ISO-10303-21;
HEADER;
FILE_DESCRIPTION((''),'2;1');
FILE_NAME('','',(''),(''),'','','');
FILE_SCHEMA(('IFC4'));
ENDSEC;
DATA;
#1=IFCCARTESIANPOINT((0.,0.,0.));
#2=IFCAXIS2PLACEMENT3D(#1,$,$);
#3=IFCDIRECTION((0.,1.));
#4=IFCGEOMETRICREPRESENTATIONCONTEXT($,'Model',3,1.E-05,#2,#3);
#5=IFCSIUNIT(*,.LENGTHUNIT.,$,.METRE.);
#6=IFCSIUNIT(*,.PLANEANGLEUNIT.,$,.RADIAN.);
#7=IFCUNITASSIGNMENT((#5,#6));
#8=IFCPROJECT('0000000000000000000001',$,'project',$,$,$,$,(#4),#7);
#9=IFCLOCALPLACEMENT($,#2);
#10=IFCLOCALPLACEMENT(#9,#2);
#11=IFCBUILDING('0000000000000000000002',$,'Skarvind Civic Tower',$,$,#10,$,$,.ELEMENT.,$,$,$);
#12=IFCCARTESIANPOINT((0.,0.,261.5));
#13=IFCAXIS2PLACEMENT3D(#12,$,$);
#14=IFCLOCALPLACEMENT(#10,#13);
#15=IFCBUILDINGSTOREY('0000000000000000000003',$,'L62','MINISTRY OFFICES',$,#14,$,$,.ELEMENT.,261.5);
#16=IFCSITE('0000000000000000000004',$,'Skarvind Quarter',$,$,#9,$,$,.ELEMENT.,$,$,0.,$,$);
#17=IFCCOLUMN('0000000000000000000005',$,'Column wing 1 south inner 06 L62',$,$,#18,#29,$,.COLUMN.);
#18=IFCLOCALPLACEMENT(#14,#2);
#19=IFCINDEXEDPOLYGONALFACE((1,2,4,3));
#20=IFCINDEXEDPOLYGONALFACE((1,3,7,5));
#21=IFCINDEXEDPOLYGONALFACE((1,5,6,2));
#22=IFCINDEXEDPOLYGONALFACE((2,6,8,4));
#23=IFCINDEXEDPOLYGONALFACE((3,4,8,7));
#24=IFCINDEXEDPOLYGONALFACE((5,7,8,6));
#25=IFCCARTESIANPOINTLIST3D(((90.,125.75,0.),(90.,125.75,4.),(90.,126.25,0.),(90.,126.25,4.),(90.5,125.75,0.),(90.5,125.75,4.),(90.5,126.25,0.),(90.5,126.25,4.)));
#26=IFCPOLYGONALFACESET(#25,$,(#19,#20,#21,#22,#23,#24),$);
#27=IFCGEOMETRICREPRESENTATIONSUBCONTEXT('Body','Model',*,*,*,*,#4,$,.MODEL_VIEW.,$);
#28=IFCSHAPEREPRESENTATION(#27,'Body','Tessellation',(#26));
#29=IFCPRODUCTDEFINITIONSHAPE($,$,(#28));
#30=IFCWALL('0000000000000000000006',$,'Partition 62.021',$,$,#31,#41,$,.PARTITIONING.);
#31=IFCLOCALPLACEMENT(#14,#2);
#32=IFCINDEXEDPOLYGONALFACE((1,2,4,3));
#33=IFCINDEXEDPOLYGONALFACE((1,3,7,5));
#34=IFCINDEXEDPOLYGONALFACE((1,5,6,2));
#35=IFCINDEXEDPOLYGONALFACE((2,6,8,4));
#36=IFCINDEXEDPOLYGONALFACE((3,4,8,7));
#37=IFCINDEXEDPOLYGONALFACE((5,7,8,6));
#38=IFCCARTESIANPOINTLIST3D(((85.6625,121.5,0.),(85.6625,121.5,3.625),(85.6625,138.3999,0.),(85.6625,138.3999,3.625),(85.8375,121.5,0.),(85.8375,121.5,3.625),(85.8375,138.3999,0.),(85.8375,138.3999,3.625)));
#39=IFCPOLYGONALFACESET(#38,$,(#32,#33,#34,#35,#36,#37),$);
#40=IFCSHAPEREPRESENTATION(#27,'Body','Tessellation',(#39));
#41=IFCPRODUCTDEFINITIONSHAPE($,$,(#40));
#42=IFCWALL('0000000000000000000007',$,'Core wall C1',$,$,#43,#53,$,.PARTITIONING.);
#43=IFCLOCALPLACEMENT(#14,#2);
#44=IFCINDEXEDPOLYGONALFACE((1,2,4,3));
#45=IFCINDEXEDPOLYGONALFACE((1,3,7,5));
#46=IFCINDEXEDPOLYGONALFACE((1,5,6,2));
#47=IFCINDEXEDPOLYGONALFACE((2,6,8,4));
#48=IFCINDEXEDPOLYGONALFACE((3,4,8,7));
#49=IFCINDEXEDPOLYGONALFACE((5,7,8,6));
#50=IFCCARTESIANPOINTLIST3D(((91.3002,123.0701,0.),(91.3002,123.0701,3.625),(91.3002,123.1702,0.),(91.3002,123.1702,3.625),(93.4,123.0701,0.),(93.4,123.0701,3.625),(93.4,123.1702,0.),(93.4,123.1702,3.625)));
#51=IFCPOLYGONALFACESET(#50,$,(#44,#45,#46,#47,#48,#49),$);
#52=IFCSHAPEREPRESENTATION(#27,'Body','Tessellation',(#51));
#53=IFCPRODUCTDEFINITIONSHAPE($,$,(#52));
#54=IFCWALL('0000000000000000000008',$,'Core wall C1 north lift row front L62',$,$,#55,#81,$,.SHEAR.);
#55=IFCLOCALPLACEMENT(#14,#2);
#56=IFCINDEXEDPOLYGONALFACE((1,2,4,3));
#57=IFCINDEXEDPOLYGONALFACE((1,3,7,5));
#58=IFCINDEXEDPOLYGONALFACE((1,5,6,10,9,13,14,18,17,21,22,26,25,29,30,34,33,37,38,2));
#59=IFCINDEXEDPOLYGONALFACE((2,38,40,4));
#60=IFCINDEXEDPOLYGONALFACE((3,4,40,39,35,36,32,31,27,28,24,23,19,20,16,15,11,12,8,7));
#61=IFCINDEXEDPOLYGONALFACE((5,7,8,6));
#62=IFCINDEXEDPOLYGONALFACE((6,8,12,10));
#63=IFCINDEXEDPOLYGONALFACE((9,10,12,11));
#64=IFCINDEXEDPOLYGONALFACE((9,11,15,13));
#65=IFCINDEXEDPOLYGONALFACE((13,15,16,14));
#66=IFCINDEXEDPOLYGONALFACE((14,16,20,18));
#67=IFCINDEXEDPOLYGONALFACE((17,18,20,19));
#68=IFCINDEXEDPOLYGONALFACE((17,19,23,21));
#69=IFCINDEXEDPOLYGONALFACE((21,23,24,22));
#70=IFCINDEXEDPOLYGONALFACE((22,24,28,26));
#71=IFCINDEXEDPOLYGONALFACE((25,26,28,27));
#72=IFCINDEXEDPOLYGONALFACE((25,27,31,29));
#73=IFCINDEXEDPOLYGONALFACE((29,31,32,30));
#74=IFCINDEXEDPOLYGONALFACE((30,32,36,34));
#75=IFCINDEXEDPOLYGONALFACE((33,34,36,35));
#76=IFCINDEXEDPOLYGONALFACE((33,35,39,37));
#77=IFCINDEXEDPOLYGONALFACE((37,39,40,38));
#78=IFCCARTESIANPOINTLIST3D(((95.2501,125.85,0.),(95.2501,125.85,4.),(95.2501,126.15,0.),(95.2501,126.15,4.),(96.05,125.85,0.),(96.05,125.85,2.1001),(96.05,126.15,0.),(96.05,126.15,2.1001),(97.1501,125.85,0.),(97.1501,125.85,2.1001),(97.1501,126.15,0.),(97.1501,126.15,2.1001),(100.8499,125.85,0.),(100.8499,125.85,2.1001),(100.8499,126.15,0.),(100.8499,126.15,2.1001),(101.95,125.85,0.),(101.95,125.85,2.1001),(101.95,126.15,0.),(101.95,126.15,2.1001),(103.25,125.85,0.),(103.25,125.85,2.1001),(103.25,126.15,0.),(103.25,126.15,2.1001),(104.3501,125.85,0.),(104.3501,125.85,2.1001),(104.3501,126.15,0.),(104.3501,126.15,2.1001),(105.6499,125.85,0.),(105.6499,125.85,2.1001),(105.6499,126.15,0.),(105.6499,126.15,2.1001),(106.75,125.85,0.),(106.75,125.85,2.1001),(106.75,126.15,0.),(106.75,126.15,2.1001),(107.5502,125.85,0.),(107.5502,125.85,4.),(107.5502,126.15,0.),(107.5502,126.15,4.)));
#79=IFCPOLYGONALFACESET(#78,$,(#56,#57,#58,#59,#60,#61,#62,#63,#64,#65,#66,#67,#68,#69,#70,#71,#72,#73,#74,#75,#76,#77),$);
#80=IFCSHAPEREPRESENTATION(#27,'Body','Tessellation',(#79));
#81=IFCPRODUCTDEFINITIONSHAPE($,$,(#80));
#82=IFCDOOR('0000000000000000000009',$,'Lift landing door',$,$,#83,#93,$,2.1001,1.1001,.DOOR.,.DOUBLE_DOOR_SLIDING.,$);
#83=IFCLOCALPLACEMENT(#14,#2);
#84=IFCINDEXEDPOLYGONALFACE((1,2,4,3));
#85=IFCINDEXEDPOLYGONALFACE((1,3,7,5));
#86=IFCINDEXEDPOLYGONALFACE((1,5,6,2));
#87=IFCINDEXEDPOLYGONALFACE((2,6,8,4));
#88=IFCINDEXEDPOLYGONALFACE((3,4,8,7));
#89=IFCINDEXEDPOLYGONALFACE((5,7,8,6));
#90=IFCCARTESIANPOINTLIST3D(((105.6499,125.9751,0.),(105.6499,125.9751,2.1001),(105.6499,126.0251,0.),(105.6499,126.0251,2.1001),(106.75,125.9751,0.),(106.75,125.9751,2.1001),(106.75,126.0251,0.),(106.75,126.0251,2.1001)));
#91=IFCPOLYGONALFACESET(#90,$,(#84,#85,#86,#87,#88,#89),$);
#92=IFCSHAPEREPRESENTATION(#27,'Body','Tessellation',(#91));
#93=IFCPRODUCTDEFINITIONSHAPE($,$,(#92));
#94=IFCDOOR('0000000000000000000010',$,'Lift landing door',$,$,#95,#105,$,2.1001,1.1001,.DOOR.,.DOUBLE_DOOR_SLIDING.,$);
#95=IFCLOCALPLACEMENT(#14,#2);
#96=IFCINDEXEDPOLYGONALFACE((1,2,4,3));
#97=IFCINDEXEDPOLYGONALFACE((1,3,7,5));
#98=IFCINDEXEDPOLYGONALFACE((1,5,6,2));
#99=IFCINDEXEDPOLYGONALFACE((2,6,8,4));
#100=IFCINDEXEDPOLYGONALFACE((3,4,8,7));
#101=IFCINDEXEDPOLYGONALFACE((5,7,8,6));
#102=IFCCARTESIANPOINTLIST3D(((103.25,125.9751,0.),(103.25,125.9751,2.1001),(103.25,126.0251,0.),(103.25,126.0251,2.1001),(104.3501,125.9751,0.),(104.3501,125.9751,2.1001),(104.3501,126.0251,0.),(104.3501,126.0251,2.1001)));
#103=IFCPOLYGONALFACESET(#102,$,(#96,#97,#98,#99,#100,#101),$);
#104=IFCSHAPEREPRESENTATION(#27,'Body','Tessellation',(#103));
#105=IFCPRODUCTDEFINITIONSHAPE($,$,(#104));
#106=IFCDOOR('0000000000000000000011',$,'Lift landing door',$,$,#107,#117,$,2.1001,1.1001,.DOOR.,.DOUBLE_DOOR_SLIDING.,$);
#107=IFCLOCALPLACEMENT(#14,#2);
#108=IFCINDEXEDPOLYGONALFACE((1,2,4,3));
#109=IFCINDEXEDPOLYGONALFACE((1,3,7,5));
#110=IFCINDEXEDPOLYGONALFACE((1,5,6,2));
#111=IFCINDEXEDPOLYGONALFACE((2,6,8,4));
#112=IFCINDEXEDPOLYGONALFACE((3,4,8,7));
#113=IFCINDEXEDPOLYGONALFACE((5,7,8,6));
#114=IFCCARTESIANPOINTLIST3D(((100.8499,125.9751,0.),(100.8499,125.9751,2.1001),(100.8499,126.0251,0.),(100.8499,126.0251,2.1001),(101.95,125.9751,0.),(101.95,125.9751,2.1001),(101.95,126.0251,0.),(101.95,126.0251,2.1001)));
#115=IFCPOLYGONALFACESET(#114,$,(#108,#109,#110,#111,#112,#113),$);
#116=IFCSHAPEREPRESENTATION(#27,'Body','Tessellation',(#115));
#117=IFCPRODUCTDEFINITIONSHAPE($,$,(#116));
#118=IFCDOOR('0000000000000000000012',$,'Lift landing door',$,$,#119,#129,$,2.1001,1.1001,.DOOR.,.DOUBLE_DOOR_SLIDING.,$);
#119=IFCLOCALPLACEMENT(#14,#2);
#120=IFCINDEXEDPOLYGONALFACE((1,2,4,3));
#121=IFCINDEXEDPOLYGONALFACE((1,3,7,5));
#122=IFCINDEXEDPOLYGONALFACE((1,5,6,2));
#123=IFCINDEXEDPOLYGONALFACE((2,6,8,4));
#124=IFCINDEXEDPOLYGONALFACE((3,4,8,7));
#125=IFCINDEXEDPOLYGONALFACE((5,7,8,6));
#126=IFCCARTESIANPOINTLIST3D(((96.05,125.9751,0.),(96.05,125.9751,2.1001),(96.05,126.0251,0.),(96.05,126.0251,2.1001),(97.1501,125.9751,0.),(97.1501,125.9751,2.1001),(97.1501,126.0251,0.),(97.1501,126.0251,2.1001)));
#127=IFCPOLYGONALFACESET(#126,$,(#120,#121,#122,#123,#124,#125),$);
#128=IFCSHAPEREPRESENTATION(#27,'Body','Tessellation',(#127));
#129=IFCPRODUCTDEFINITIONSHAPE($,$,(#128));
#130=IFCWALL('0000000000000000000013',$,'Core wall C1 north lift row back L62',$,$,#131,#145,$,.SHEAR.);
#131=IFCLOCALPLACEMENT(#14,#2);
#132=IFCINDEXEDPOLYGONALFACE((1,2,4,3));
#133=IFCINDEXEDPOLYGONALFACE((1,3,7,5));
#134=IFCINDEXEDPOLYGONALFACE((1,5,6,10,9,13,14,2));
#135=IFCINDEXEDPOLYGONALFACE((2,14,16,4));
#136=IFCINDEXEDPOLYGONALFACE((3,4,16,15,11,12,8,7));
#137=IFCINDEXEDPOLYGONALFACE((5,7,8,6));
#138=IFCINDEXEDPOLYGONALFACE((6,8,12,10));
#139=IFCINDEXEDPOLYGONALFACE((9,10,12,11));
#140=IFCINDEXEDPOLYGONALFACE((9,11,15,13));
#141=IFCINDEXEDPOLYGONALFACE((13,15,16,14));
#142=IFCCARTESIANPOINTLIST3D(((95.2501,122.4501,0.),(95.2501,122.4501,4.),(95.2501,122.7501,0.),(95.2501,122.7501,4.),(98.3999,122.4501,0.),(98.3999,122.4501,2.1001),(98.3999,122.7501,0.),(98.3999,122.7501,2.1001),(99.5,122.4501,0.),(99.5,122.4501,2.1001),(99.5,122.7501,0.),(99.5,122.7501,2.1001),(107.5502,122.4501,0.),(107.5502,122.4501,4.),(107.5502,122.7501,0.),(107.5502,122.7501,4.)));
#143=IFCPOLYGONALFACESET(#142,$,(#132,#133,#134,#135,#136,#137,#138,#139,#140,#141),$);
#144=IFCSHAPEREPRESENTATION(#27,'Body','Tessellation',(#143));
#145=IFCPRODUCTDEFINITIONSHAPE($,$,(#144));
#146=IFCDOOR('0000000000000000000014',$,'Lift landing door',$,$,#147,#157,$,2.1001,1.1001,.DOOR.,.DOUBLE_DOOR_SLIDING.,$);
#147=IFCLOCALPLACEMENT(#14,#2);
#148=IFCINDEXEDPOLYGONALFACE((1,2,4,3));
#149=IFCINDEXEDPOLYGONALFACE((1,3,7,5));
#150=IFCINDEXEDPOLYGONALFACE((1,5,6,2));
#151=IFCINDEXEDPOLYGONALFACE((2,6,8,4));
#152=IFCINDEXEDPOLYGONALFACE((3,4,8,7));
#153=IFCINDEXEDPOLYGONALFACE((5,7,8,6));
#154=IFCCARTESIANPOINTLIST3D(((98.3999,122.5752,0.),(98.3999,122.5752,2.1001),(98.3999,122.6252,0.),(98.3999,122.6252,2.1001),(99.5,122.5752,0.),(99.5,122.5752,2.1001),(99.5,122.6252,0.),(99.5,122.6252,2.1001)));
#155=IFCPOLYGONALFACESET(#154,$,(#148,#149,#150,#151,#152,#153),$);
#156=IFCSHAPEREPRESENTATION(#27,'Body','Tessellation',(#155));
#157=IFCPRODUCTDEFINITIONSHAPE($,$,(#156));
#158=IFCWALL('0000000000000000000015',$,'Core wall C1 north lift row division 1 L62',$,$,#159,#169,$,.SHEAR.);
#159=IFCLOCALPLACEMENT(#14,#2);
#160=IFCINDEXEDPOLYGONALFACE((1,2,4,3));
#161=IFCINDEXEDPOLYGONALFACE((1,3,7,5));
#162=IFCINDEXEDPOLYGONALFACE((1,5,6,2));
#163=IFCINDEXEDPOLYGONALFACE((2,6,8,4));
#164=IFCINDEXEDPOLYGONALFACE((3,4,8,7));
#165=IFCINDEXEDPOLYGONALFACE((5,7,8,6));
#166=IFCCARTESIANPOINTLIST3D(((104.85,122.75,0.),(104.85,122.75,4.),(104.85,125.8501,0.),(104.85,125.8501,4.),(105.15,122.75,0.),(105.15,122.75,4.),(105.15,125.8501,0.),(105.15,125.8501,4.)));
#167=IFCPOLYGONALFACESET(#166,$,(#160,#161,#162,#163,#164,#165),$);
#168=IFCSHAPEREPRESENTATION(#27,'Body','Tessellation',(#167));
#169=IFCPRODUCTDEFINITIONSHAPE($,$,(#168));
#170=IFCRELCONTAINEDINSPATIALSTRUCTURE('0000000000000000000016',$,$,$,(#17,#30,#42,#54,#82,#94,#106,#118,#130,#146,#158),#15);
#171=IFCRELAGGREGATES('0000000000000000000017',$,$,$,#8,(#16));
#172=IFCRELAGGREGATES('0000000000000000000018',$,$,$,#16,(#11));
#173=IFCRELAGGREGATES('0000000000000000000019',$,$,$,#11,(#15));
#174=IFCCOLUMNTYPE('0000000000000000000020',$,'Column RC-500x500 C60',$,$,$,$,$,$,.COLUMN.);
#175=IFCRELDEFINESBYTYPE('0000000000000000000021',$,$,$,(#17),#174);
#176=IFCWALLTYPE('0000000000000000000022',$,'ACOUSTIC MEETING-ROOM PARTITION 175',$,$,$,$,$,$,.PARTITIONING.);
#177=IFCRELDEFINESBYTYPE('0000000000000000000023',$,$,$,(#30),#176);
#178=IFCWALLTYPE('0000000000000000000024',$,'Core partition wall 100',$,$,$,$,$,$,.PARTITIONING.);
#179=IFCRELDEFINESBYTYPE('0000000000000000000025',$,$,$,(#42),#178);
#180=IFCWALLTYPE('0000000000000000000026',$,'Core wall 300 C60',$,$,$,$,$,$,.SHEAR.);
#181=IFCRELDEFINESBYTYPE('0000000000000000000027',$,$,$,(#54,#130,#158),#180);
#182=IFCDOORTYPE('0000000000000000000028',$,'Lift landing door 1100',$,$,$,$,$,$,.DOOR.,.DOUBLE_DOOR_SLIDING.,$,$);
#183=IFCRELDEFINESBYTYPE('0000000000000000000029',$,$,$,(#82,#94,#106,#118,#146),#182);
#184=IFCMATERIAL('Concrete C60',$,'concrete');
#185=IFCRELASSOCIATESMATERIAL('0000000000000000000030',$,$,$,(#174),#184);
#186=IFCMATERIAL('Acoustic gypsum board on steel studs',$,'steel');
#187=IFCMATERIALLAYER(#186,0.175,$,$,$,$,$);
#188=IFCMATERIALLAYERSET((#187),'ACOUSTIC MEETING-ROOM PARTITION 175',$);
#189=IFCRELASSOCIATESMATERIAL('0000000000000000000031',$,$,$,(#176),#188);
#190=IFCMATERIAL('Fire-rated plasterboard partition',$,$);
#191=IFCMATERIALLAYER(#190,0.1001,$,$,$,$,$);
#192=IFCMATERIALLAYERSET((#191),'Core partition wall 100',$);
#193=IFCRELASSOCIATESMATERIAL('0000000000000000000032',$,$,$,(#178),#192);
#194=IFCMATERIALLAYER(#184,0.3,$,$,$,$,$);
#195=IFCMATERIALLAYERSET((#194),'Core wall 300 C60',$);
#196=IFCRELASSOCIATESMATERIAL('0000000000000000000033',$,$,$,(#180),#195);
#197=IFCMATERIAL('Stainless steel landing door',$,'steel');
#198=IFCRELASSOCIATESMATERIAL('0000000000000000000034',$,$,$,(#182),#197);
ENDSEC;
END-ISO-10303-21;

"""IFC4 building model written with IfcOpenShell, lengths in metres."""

from ifc_helpers import new_model, si_unit, direction, frame, frame_2d, origin, origin_2d, place, context, subcontext, project, spatial, rectangle, extrude, material, layer, layer_set, material_profile, profile_set, type_object, element, fill, save


model = new_model("IFC4")

# Units and contexts
model_context = context("Model", 3, precision=1e-05, world=origin(), true_north=direction((0.0, 1.0)))
body_context = subcontext(model_context, "Body", "Model", "MODEL_VIEW")
ifc_project = project(units=[si_unit("LENGTHUNIT", "METRE"), si_unit("PLANEANGLEUNIT", "RADIAN")], contexts=[model_context])

# Site, building, storey
site_placement = place(None, origin())
site = spatial("IfcSite", under=ifc_project, at=site_placement, Name="Skarvind Quarter", CompositionType="ELEMENT", RefElevation=0.0)
building_placement = place(site_placement, origin())
building = spatial("IfcBuilding", under=site, at=building_placement, Name="Skarvind Civic Tower", CompositionType="ELEMENT")
storey_placement = place(building_placement, frame((0.0, 0.0, 261.5)))
storey = spatial("IfcBuildingStorey", under=building, at=storey_placement, Name="L62", Description="MINISTRY OFFICES", CompositionType="ELEMENT", Elevation=261.5)

# Column
ifc_material_1 = material(Name="Concrete C60", Category="concrete")
ifc_material_profile = material_profile(ifc_material_1, rectangle(XDim=0.5, YDim=0.5, at=origin_2d()), Name="RC-500x500")
ifc_profile_set = profile_set([ifc_material_profile], Name="Concrete C60")
column_type = type_object("IfcColumnType", Name="Column RC-500x500 C60", PredefinedType="COLUMN", material=ifc_profile_set)
column_placement = place(storey_placement, frame((90.25, 126.0, 0.0), z_axis=(0.0, 0.0, 1.0), x_axis=(1.0, 0.0, 0.0)))
element("IfcColumn", 1, at=column_placement, inside=storey, type_object=column_type, Name="Column wing 1 south inner 06 L62", PredefinedType="COLUMN", context=body_context, shape_type="SweptSolid", body=[
    extrude(rectangle(XDim=0.5, YDim=0.5, at=origin_2d()), origin(), (0.0, 0.0, 1.0), 4.0),
])

# Walls
ifc_material_2 = material(Name="Acoustic gypsum board on steel studs", Category="steel")
ifc_layer_1 = layer(ifc_material_2, 0.175)
ifc_layer_set_1 = layer_set([ifc_layer_1], Name="ACOUSTIC MEETING-ROOM PARTITION 175")
wall_type_1 = type_object("IfcWallType", Name="ACOUSTIC MEETING-ROOM PARTITION 175", PredefinedType="PARTITIONING", material=ifc_layer_set_1)
wall_1_placement = place(storey_placement, frame((85.75, 121.5, 0.0), z_axis=(0.0, 0.0, 1.0), x_axis=(0.0, 1.0, 0.0)))
element("IfcWall", 2, at=wall_1_placement, inside=storey, type_object=wall_type_1, Name="Partition 62.021", PredefinedType="PARTITIONING", context=body_context, shape_type="SweptSolid", body=[
    extrude(rectangle(XDim=16.8999, YDim=0.175, at=frame_2d((8.45, 0.0))), origin(), (0.0, 0.0, 1.0), 3.625),
])
ifc_material_3 = material(Name="Fire-rated plasterboard partition")
ifc_layer_2 = layer(ifc_material_3, 0.1001)
ifc_layer_set_2 = layer_set([ifc_layer_2], Name="Core partition wall 100")
wall_type_2 = type_object("IfcWallType", Name="Core partition wall 100", PredefinedType="PARTITIONING", material=ifc_layer_set_2)
wall_2_placement = place(storey_placement, frame((93.3999, 123.1201, 0.0), z_axis=(0.0, 0.0, 1.0), x_axis=(-1.0, 0.0, 0.0)))
element("IfcWall", 3, at=wall_2_placement, inside=storey, type_object=wall_type_2, Name="Core wall C1", PredefinedType="PARTITIONING", context=body_context, shape_type="SweptSolid", body=[
    extrude(rectangle(XDim=2.0999, YDim=0.1001, at=frame_2d((1.0498, 0.0))), origin(), (0.0, 0.0, 1.0), 3.625),
])

# Wall, openings, doors
ifc_layer_3 = layer(ifc_material_1, 0.3)
ifc_layer_set_3 = layer_set([ifc_layer_3], Name="Core wall 300 C60")
wall_type_3 = type_object("IfcWallType", Name="Core wall 300 C60", PredefinedType="SHEAR", material=ifc_layer_set_3)
wall_3_placement = place(storey_placement, frame((107.55, 126.0, 0.0), z_axis=(0.0, 0.0, 1.0), x_axis=(-1.0, 0.0, 0.0)))
wall_3 = element("IfcWall", 4, at=wall_3_placement, inside=storey, type_object=wall_type_3, Name="Core wall C1 north lift row front L62", PredefinedType="SHEAR", context=body_context, shape_type="SweptSolid", body=[
    extrude(rectangle(XDim=12.3, YDim=0.3, at=frame_2d((6.1499, 0.0))), origin(), (0.0, 0.0, 1.0), 4.0),
])
opening_1_placement = place(wall_3_placement, frame((0.8, 0.0, 0.0)))
opening_1 = element("IfcOpeningElement", 5, at=opening_1_placement, cuts=wall_3, PredefinedType="OPENING", context=body_context, shape_type="SweptSolid", body=[
    extrude(rectangle(XDim=1.1001, YDim=2.1001, at=frame_2d((0.55, 1.05))), frame((0.0, 0.1599, 0.0), z_axis=(0.0, -1.0, 0.0), x_axis=(1.0, 0.0, 0.0)), (0.0, 0.0, 1.0), 0.3201),
])
opening_2_placement = place(wall_3_placement, frame((3.2, 0.0, 0.0)))
opening_2 = element("IfcOpeningElement", 6, at=opening_2_placement, cuts=wall_3, PredefinedType="OPENING", context=body_context, shape_type="SweptSolid", body=[
    extrude(rectangle(XDim=1.1001, YDim=2.1001, at=frame_2d((0.55, 1.05))), frame((0.0, 0.1599, 0.0), z_axis=(0.0, -1.0, 0.0), x_axis=(1.0, 0.0, 0.0)), (0.0, 0.0, 1.0), 0.3201),
])
opening_3_placement = place(wall_3_placement, frame((5.6001, 0.0, 0.0)))
opening_3 = element("IfcOpeningElement", 7, at=opening_3_placement, cuts=wall_3, PredefinedType="OPENING", context=body_context, shape_type="SweptSolid", body=[
    extrude(rectangle(XDim=1.1001, YDim=2.1001, at=frame_2d((0.55, 1.05))), frame((0.0, 0.1599, 0.0), z_axis=(0.0, -1.0, 0.0), x_axis=(1.0, 0.0, 0.0)), (0.0, 0.0, 1.0), 0.3201),
])
opening_4_placement = place(wall_3_placement, frame((10.3999, 0.0, 0.0)))
opening_4 = element("IfcOpeningElement", 8, at=opening_4_placement, cuts=wall_3, PredefinedType="OPENING", context=body_context, shape_type="SweptSolid", body=[
    extrude(rectangle(XDim=1.1001, YDim=2.1001, at=frame_2d((0.55, 1.05))), frame((0.0, 0.1599, 0.0), z_axis=(0.0, -1.0, 0.0), x_axis=(1.0, 0.0, 0.0)), (0.0, 0.0, 1.0), 0.3201),
])
ifc_material_4 = material(Name="Stainless steel landing door", Category="steel")
door_type_1 = type_object("IfcDoorType", Name="Lift landing door 1100", OperationType="DOUBLE_DOOR_SLIDING", PredefinedType="DOOR", material=ifc_material_4)
door_1_placement = place(opening_1_placement, origin())
door_1 = element("IfcDoor", 9, at=door_1_placement, inside=storey, type_object=door_type_1, Name="Lift landing door", OperationType="DOUBLE_DOOR_SLIDING", OverallHeight=2.1001, OverallWidth=1.1001, PredefinedType="DOOR", context=body_context, shape_type="SweptSolid", body=[
    extrude(rectangle(XDim=1.1001, YDim=2.1001, at=frame_2d((0.55, 1.05))), frame((0.0, 0.0249, 0.0), z_axis=(0.0, -1.0, 0.0), x_axis=(1.0, 0.0, 0.0)), (0.0, 0.0, 1.0), 0.05),
])
fill(opening_1, door_1)
door_2_placement = place(opening_2_placement, origin())
door_2 = element("IfcDoor", 10, at=door_2_placement, inside=storey, type_object=door_type_1, Name="Lift landing door", OperationType="DOUBLE_DOOR_SLIDING", OverallHeight=2.1001, OverallWidth=1.1001, PredefinedType="DOOR", context=body_context, shape_type="SweptSolid", body=[
    extrude(rectangle(XDim=1.1001, YDim=2.1001, at=frame_2d((0.55, 1.05))), frame((0.0, 0.0249, 0.0), z_axis=(0.0, -1.0, 0.0), x_axis=(1.0, 0.0, 0.0)), (0.0, 0.0, 1.0), 0.05),
])
fill(opening_2, door_2)
door_3_placement = place(opening_3_placement, origin())
door_3 = element("IfcDoor", 11, at=door_3_placement, inside=storey, type_object=door_type_1, Name="Lift landing door", OperationType="DOUBLE_DOOR_SLIDING", OverallHeight=2.1001, OverallWidth=1.1001, PredefinedType="DOOR", context=body_context, shape_type="SweptSolid", body=[
    extrude(rectangle(XDim=1.1001, YDim=2.1001, at=frame_2d((0.55, 1.05))), frame((0.0, 0.0249, 0.0), z_axis=(0.0, -1.0, 0.0), x_axis=(1.0, 0.0, 0.0)), (0.0, 0.0, 1.0), 0.05),
])
fill(opening_3, door_3)
door_4_placement = place(opening_4_placement, origin())
door_4 = element("IfcDoor", 12, at=door_4_placement, inside=storey, type_object=door_type_1, Name="Lift landing door", OperationType="DOUBLE_DOOR_SLIDING", OverallHeight=2.1001, OverallWidth=1.1001, PredefinedType="DOOR", context=body_context, shape_type="SweptSolid", body=[
    extrude(rectangle(XDim=1.1001, YDim=2.1001, at=frame_2d((0.55, 1.05))), frame((0.0, 0.0249, 0.0), z_axis=(0.0, -1.0, 0.0), x_axis=(1.0, 0.0, 0.0)), (0.0, 0.0, 1.0), 0.05),
])
fill(opening_4, door_4)

# Wall, opening, door
wall_4_placement = place(storey_placement, frame((107.55, 122.6001, 0.0), z_axis=(0.0, 0.0, 1.0), x_axis=(-1.0, 0.0, 0.0)))
wall_4 = element("IfcWall", 13, at=wall_4_placement, inside=storey, type_object=wall_type_3, Name="Core wall C1 north lift row back L62", PredefinedType="SHEAR", context=body_context, shape_type="SweptSolid", body=[
    extrude(rectangle(XDim=12.3, YDim=0.3, at=frame_2d((6.1499, 0.0))), origin(), (0.0, 0.0, 1.0), 4.0),
])
opening_5_placement = place(wall_4_placement, frame((8.05, 0.0, 0.0)))
opening_5 = element("IfcOpeningElement", 14, at=opening_5_placement, cuts=wall_4, PredefinedType="OPENING", context=body_context, shape_type="SweptSolid", body=[
    extrude(rectangle(XDim=1.1001, YDim=2.1001, at=frame_2d((0.55, 1.05))), frame((0.0, 0.1599, 0.0), z_axis=(0.0, -1.0, 0.0), x_axis=(1.0, 0.0, 0.0)), (0.0, 0.0, 1.0), 0.3201),
])
door_5_placement = place(opening_5_placement, origin())
door_5 = element("IfcDoor", 15, at=door_5_placement, inside=storey, type_object=door_type_1, Name="Lift landing door", OperationType="DOUBLE_DOOR_SLIDING", OverallHeight=2.1001, OverallWidth=1.1001, PredefinedType="DOOR", context=body_context, shape_type="SweptSolid", body=[
    extrude(rectangle(XDim=1.1001, YDim=2.1001, at=frame_2d((0.55, 1.05))), frame((0.0, 0.0249, 0.0), z_axis=(0.0, -1.0, 0.0), x_axis=(1.0, 0.0, 0.0)), (0.0, 0.0, 1.0), 0.05),
])
fill(opening_5, door_5)

# Wall
for number, where, z_axis, x_axis, name in (
    (16, (105.0, 125.8501, 0.0), (0.0, 0.0, 1.0), (0.0, -1.0, 0.0), "Core wall C1 north lift row division 1 L62"),
):
    element("IfcWall", number, at=place(storey_placement, frame(where, z_axis=z_axis, x_axis=x_axis)), inside=storey, type_object=wall_type_3, Name=name, PredefinedType="SHEAR", context=body_context, shape_type="SweptSolid", body=[
        extrude(rectangle(XDim=3.1001, YDim=0.3, at=frame_2d((1.55, 0.0))), origin(), (0.0, 0.0, 1.0), 4.0),
    ])

save(model, "model.ifc")
